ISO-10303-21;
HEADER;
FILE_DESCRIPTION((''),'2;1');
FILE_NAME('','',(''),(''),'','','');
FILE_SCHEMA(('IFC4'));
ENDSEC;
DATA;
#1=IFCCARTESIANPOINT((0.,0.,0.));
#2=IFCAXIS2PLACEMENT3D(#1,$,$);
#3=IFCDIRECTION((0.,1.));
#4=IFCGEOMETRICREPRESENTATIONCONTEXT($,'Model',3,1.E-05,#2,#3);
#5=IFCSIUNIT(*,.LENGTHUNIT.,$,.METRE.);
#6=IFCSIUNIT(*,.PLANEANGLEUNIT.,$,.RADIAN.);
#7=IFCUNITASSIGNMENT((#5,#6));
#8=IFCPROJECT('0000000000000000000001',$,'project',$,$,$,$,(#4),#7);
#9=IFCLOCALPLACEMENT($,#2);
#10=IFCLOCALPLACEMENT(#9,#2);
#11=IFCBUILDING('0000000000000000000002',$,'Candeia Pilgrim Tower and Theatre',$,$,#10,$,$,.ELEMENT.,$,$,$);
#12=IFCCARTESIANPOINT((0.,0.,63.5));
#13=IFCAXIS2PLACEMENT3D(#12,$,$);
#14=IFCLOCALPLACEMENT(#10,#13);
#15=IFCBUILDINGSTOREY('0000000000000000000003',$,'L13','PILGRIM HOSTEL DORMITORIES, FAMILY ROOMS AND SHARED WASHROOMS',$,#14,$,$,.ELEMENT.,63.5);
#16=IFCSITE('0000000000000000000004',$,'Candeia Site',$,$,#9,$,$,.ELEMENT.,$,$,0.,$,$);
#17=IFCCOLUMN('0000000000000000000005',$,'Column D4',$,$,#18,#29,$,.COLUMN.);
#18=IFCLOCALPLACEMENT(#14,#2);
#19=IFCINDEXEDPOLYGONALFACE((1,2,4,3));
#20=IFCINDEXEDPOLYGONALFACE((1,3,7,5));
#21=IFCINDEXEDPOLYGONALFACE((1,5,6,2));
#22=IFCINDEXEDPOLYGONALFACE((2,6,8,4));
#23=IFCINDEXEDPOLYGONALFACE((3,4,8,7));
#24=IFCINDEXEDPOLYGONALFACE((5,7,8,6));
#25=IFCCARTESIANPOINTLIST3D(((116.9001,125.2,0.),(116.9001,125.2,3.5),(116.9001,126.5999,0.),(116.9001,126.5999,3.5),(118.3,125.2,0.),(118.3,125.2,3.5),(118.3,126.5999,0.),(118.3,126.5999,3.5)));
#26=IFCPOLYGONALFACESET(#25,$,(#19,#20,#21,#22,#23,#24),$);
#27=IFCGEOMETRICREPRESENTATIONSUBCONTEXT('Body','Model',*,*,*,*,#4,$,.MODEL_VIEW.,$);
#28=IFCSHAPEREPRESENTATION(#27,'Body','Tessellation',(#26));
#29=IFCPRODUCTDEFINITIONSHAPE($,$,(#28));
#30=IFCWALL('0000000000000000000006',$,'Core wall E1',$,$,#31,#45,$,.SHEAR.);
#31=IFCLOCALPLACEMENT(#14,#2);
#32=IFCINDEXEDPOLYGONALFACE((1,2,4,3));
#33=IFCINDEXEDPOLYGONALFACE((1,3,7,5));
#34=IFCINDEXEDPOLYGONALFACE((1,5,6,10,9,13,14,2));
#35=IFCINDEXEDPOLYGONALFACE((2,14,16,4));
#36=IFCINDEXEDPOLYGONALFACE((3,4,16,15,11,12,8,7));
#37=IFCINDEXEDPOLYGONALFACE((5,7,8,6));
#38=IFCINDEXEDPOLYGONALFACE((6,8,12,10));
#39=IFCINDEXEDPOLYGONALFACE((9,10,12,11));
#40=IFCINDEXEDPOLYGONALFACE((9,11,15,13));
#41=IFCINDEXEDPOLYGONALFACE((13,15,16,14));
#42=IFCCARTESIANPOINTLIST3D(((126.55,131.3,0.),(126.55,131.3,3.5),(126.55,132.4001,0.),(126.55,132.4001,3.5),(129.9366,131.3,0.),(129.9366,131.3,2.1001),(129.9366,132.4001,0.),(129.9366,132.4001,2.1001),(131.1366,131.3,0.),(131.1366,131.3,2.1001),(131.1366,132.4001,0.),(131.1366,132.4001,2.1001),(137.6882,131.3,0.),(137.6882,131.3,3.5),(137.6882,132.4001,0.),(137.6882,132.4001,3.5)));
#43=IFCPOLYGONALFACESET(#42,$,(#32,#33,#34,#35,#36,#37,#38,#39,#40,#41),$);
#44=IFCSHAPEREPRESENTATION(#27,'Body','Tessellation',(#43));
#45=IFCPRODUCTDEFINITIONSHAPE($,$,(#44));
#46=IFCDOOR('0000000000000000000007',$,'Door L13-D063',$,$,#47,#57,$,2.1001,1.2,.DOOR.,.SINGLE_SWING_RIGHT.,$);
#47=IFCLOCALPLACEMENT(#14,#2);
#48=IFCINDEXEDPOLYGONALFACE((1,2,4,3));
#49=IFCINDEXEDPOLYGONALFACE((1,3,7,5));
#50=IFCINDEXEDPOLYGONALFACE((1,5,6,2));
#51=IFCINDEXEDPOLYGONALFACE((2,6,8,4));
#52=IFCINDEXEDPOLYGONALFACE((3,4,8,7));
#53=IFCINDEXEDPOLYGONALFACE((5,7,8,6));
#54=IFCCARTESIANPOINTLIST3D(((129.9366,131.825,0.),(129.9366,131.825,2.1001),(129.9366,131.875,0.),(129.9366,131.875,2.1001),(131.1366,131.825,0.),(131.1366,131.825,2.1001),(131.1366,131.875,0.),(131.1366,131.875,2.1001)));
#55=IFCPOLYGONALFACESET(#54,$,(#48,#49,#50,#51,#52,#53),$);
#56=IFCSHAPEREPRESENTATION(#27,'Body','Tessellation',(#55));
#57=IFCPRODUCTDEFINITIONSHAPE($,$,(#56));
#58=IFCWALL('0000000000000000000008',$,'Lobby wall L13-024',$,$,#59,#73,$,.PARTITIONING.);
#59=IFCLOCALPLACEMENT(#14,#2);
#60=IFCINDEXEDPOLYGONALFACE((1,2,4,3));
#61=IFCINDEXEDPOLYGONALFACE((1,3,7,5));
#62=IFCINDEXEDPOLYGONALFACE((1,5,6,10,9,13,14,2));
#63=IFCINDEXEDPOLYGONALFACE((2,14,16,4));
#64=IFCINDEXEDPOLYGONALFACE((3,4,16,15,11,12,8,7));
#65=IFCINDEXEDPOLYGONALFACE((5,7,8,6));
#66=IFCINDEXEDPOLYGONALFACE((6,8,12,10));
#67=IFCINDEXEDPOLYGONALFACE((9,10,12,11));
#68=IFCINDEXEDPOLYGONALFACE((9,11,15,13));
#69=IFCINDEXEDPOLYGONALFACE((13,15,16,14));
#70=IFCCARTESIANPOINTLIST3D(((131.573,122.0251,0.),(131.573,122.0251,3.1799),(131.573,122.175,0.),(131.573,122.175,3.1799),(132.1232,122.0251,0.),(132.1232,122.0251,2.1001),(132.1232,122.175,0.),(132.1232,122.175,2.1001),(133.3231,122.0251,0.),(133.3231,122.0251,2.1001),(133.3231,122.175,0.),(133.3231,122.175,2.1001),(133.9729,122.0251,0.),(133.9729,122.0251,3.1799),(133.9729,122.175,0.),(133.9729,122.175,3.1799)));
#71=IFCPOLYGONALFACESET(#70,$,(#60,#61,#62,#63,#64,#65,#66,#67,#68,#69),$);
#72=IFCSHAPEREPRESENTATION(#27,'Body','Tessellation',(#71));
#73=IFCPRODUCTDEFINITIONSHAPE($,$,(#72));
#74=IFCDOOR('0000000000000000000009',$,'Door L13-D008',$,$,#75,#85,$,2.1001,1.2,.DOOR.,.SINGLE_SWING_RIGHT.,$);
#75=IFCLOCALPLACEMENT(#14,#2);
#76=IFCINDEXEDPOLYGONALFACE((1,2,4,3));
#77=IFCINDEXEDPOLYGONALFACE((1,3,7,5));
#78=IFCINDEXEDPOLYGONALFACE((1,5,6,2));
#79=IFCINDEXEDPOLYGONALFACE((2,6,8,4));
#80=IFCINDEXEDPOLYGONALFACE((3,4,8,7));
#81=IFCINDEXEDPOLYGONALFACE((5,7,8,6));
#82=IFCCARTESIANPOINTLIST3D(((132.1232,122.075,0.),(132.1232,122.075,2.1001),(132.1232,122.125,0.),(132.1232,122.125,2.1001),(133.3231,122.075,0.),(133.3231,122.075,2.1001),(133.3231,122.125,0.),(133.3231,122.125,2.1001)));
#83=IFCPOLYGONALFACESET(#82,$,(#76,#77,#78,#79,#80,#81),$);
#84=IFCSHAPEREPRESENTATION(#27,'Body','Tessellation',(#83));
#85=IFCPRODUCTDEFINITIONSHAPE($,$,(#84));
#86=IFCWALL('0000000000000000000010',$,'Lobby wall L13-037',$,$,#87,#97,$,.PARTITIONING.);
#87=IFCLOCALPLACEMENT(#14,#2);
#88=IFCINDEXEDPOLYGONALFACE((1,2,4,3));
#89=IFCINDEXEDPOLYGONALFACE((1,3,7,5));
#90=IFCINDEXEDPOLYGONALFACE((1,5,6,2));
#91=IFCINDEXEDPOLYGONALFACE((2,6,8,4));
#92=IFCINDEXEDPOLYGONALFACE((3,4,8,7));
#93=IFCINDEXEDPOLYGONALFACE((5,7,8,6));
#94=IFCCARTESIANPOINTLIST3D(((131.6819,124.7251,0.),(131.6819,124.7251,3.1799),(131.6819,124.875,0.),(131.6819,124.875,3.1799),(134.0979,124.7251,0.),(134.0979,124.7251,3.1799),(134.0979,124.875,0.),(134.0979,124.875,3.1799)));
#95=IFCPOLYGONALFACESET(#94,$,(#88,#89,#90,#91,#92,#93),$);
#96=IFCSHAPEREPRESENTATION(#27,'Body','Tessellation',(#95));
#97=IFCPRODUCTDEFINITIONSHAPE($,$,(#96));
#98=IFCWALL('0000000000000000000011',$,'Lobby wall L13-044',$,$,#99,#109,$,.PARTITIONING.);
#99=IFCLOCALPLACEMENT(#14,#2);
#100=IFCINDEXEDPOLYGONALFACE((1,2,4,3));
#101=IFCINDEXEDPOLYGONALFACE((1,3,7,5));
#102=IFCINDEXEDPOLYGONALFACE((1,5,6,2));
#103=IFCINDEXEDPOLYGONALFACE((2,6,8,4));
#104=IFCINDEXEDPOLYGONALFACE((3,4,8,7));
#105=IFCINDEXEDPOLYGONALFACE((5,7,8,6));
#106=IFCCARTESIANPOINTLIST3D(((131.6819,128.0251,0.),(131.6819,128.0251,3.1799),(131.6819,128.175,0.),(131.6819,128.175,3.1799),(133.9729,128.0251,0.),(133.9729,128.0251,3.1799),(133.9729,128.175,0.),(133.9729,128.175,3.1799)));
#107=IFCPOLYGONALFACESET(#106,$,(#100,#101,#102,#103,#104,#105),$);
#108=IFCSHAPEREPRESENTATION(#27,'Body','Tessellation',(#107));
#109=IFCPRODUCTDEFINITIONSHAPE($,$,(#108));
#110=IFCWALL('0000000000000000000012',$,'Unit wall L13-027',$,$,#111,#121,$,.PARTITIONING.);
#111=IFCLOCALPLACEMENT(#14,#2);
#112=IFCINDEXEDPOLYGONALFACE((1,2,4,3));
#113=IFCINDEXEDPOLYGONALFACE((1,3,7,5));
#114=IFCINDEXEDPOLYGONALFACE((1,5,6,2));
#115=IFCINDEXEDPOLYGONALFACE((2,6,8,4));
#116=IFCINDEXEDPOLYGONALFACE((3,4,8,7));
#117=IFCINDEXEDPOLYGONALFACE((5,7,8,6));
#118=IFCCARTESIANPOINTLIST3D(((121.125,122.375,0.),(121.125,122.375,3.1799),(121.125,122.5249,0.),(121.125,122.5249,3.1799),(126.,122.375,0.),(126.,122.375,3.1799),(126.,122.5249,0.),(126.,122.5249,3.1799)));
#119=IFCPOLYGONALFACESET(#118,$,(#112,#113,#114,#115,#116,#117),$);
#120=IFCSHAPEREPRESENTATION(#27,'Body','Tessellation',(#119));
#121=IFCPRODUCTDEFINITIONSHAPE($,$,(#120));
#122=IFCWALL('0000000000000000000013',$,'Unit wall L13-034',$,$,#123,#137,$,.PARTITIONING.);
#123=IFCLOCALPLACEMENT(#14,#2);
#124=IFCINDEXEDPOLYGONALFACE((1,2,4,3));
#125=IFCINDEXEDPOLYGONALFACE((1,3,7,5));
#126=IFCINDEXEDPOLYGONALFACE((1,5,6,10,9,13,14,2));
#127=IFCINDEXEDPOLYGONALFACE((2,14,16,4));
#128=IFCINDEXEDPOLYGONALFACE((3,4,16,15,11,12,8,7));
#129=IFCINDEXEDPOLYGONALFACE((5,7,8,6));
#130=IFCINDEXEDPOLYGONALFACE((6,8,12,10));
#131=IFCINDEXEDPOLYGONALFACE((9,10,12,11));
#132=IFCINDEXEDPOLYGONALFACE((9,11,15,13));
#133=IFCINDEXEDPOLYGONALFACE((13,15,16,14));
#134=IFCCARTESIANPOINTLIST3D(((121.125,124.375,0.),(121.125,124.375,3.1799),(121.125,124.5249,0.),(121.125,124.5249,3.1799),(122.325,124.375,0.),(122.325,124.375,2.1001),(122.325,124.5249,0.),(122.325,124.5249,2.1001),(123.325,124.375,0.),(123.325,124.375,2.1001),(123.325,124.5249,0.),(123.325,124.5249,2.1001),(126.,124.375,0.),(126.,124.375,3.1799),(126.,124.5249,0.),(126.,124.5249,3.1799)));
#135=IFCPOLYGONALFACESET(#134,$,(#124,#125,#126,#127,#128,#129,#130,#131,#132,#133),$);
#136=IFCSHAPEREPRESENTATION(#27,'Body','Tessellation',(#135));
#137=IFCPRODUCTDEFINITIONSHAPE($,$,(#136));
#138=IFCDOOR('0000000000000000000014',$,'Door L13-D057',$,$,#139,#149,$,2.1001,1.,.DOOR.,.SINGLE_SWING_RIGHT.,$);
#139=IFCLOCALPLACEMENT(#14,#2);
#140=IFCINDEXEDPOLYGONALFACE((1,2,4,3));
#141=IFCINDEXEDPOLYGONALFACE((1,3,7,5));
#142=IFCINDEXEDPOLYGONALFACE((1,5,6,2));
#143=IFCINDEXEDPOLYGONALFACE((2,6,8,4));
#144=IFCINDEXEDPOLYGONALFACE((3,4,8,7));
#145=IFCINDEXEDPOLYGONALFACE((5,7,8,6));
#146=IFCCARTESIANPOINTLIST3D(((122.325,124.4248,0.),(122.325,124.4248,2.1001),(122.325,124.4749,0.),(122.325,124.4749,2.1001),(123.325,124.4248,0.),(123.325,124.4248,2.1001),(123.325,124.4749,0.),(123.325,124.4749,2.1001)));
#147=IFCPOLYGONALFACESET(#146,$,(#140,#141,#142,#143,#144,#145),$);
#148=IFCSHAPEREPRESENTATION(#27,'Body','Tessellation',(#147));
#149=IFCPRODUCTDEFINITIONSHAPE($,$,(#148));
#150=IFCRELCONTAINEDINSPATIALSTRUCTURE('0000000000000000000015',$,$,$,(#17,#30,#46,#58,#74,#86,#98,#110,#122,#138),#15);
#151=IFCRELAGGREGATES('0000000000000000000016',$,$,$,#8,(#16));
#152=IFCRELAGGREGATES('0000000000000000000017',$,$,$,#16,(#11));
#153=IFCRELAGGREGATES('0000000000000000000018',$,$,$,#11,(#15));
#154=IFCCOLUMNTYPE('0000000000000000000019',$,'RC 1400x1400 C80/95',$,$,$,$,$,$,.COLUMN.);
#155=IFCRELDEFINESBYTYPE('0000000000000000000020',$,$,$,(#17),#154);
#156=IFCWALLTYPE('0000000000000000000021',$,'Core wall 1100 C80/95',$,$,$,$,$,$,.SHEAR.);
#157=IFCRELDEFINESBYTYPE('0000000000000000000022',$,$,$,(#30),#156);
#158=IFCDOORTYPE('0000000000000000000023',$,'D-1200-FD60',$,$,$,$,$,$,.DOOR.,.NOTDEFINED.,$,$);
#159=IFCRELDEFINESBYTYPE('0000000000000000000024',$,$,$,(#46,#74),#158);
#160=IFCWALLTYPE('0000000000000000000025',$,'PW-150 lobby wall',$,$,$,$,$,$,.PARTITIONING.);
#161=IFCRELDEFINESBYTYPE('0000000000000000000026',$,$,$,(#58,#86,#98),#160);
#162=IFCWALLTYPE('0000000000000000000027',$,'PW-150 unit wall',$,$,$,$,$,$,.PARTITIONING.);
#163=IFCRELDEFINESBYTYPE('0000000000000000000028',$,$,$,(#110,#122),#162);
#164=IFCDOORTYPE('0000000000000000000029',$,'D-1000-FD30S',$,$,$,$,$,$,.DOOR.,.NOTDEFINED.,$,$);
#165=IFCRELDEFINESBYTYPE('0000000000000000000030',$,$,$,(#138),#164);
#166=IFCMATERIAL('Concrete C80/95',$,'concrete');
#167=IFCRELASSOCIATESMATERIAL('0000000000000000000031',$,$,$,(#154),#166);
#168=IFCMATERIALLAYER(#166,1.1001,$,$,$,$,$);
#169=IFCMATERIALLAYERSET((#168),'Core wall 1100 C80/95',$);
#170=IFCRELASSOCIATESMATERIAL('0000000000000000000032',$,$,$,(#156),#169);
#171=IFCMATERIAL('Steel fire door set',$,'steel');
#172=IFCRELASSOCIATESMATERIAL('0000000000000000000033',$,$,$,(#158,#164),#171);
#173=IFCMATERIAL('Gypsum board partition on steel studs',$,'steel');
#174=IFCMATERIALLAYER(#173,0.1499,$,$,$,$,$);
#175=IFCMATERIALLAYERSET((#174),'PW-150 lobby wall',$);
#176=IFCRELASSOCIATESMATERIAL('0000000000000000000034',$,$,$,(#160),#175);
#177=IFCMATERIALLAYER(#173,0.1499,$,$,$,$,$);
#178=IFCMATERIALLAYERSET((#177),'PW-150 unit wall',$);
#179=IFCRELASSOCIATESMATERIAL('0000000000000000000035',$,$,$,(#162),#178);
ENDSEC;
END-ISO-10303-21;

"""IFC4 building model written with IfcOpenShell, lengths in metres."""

from ifc_helpers import new_model, si_unit, direction, frame, frame_2d, origin, origin_2d, place, context, subcontext, project, spatial, rectangle, extrude, material, layer, layer_set, material_profile, profile_set, type_object, element, fill, save


model = new_model("IFC4")

# Units and contexts
model_context = context("Model", 3, precision=1e-05, world=origin(), true_north=direction((0.0, 1.0)))
body_context = subcontext(model_context, "Body", "Model", "MODEL_VIEW")
ifc_project = project(units=[si_unit("LENGTHUNIT", "METRE"), si_unit("PLANEANGLEUNIT", "RADIAN")], contexts=[model_context])

# Site, building, storey
site_placement = place(None, origin())
site = spatial("IfcSite", under=ifc_project, at=site_placement, Name="Candeia Site", CompositionType="ELEMENT", RefElevation=0.0)
building_placement = place(site_placement, origin())
building = spatial("IfcBuilding", under=site, at=building_placement, Name="Candeia Pilgrim Tower and Theatre", CompositionType="ELEMENT")
storey_placement = place(building_placement, frame((0.0, 0.0, 63.5)))
storey = spatial("IfcBuildingStorey", under=building, at=storey_placement, Name="L13", Description="PILGRIM HOSTEL DORMITORIES, FAMILY ROOMS AND SHARED WASHROOMS", CompositionType="ELEMENT", Elevation=63.5)

# Column
ifc_material_1 = material(Name="Concrete C80/95", Category="concrete")
ifc_material_profile = material_profile(ifc_material_1, rectangle(XDim=1.3999, YDim=1.3999, at=origin_2d()))
ifc_profile_set = profile_set([ifc_material_profile], Name="Concrete C80/95")
column_type = type_object("IfcColumnType", Name="RC 1400x1400 C80/95", PredefinedType="COLUMN", material=ifc_profile_set)
column_placement = place(storey_placement, frame((117.6001, 125.8999, 0.0), z_axis=(0.0, 0.0, 1.0), x_axis=(1.0, 0.0, 0.0)))
element("IfcColumn", 1, at=column_placement, inside=storey, type_object=column_type, Name="Column D4", PredefinedType="COLUMN", context=body_context, shape_type="SweptSolid", body=[
    extrude(rectangle(XDim=1.3999, YDim=1.3999, at=origin_2d()), origin(), (0.0, 0.0, 1.0), 3.5),
])

# Walls, openings, doors
ifc_layer_1 = layer(ifc_material_1, 1.1001)
ifc_layer_set_1 = layer_set([ifc_layer_1], Name="Core wall 1100 C80/95")
wall_type_1 = type_object("IfcWallType", Name="Core wall 1100 C80/95", PredefinedType="SHEAR", material=ifc_layer_set_1)
wall_1_placement = place(storey_placement, frame((126.55, 131.8501, 0.0), z_axis=(0.0, 0.0, 1.0), x_axis=(1.0, 0.0, 0.0)))
wall_1 = element("IfcWall", 2, at=wall_1_placement, inside=storey, type_object=wall_type_1, Name="Core wall E1", PredefinedType="SHEAR", context=body_context, shape_type="SweptSolid", body=[
    extrude(rectangle(XDim=11.1382, YDim=1.1001, at=frame_2d((5.5691, 0.0))), origin(), (0.0, 0.0, 1.0), 3.5),
])
opening_1_placement = place(wall_1_placement, frame((3.3865, 0.0, 0.0)))
opening_1 = element("IfcOpeningElement", 3, at=opening_1_placement, cuts=wall_1, PredefinedType="OPENING", context=body_context, shape_type="SweptSolid", body=[
    extrude(rectangle(XDim=1.2, YDim=2.1001, at=frame_2d((0.6001, 1.05))), frame((0.0, 0.5601, 0.0), z_axis=(0.0, -1.0, 0.0), x_axis=(1.0, 0.0, 0.0)), (0.0, 0.0, 1.0), 1.1201),
])
ifc_material_2 = material(Name="Steel fire door set", Category="steel")
door_type_1 = type_object("IfcDoorType", Name="D-1200-FD60", OperationType="NOTDEFINED", PredefinedType="DOOR", material=ifc_material_2)
door_1_placement = place(opening_1_placement, origin())
door_1 = element("IfcDoor", 4, at=door_1_placement, inside=storey, type_object=door_type_1, Name="Door L13-D063", OperationType="SINGLE_SWING_RIGHT", OverallHeight=2.1001, OverallWidth=1.2, PredefinedType="DOOR", context=body_context, shape_type="SweptSolid", body=[
    extrude(rectangle(XDim=1.2, YDim=2.1001, at=frame_2d((0.6001, 1.05))), frame((0.0, 0.0249, 0.0), z_axis=(0.0, -1.0, 0.0), x_axis=(1.0, 0.0, 0.0)), (0.0, 0.0, 1.0), 0.05),
])
fill(opening_1, door_1)
ifc_material_3 = material(Name="Gypsum board partition on steel studs", Category="steel")
ifc_layer_2 = layer(ifc_material_3, 0.1499)
ifc_layer_set_2 = layer_set([ifc_layer_2], Name="PW-150 lobby wall")
wall_type_2 = type_object("IfcWallType", Name="PW-150 lobby wall", PredefinedType="PARTITIONING", material=ifc_layer_set_2)
wall_2_placement = place(storey_placement, frame((131.573, 122.1001, 0.0), z_axis=(0.0, 0.0, 1.0), x_axis=(1.0, 0.0, 0.0)))
wall_2 = element("IfcWall", 5, at=wall_2_placement, inside=storey, type_object=wall_type_2, Name="Lobby wall L13-024", PredefinedType="PARTITIONING", context=body_context, shape_type="SweptSolid", body=[
    extrude(rectangle(XDim=2.3999, YDim=0.1499, at=frame_2d((1.2, 0.0))), origin(), (0.0, 0.0, 1.0), 3.1799),
])
opening_2_placement = place(wall_2_placement, frame((0.55, 0.0, 0.0)))
opening_2 = element("IfcOpeningElement", 6, at=opening_2_placement, cuts=wall_2, PredefinedType="OPENING", context=body_context, shape_type="SweptSolid", body=[
    extrude(rectangle(XDim=1.2, YDim=2.1001, at=frame_2d((0.6001, 1.05))), frame((0.0, 0.085, 0.0), z_axis=(0.0, -1.0, 0.0), x_axis=(1.0, 0.0, 0.0)), (0.0, 0.0, 1.0), 0.1699),
])
door_2_placement = place(opening_2_placement, origin())
door_2 = element("IfcDoor", 7, at=door_2_placement, inside=storey, type_object=door_type_1, Name="Door L13-D008", OperationType="SINGLE_SWING_RIGHT", OverallHeight=2.1001, OverallWidth=1.2, PredefinedType="DOOR", context=body_context, shape_type="SweptSolid", body=[
    extrude(rectangle(XDim=1.2, YDim=2.1001, at=frame_2d((0.6001, 1.05))), frame((0.0, 0.0249, 0.0), z_axis=(0.0, -1.0, 0.0), x_axis=(1.0, 0.0, 0.0)), (0.0, 0.0, 1.0), 0.05),
])
fill(opening_2, door_2)

# Walls
wall_3_placement = place(storey_placement, frame((131.6819, 124.8, 0.0), z_axis=(0.0, 0.0, 1.0), x_axis=(1.0, 0.0, 0.0)))
element("IfcWall", 8, at=wall_3_placement, inside=storey, type_object=wall_type_2, Name="Lobby wall L13-037", PredefinedType="PARTITIONING", context=body_context, shape_type="SweptSolid", body=[
    extrude(rectangle(XDim=2.416, YDim=0.1499, at=frame_2d((1.208, 0.0))), origin(), (0.0, 0.0, 1.0), 3.1799),
])
wall_4_placement = place(storey_placement, frame((131.6819, 128.1001, 0.0), z_axis=(0.0, 0.0, 1.0), x_axis=(1.0, 0.0, 0.0)))
element("IfcWall", 9, at=wall_4_placement, inside=storey, type_object=wall_type_2, Name="Lobby wall L13-044", PredefinedType="PARTITIONING", context=body_context, shape_type="SweptSolid", body=[
    extrude(rectangle(XDim=2.291, YDim=0.1499, at=frame_2d((1.1455, 0.0))), origin(), (0.0, 0.0, 1.0), 3.1799),
])
ifc_layer_3 = layer(ifc_material_3, 0.1499)
ifc_layer_set_3 = layer_set([ifc_layer_3], Name="PW-150 unit wall")
wall_type_3 = type_object("IfcWallType", Name="PW-150 unit wall", PredefinedType="PARTITIONING", material=ifc_layer_set_3)
wall_5_placement = place(storey_placement, frame((121.125, 122.45, 0.0), z_axis=(0.0, 0.0, 1.0), x_axis=(1.0, 0.0, 0.0)))
element("IfcWall", 10, at=wall_5_placement, inside=storey, type_object=wall_type_3, Name="Unit wall L13-027", PredefinedType="PARTITIONING", context=body_context, shape_type="SweptSolid", body=[
    extrude(rectangle(XDim=4.875, YDim=0.1499, at=frame_2d((2.4375, 0.0))), origin(), (0.0, 0.0, 1.0), 3.1799),
])

# Wall, opening, door
wall_6_placement = place(storey_placement, frame((121.125, 124.45, 0.0), z_axis=(0.0, 0.0, 1.0), x_axis=(1.0, 0.0, 0.0)))
wall_6 = element("IfcWall", 11, at=wall_6_placement, inside=storey, type_object=wall_type_3, Name="Unit wall L13-034", PredefinedType="PARTITIONING", context=body_context, shape_type="SweptSolid", body=[
    extrude(rectangle(XDim=4.875, YDim=0.1499, at=frame_2d((2.4375, 0.0))), origin(), (0.0, 0.0, 1.0), 3.1799),
])
opening_3_placement = place(wall_6_placement, frame((1.2, 0.0, 0.0)))
opening_3 = element("IfcOpeningElement", 12, at=opening_3_placement, cuts=wall_6, PredefinedType="OPENING", context=body_context, shape_type="SweptSolid", body=[
    extrude(rectangle(XDim=1.0, YDim=2.1001, at=frame_2d((0.5, 1.05))), frame((0.0, 0.085, 0.0), z_axis=(0.0, -1.0, 0.0), x_axis=(1.0, 0.0, 0.0)), (0.0, 0.0, 1.0), 0.1699),
])
door_type_2 = type_object("IfcDoorType", Name="D-1000-FD30S", OperationType="NOTDEFINED", PredefinedType="DOOR", material=ifc_material_2)
door_3_placement = place(opening_3_placement, origin())
door_3 = element("IfcDoor", 13, at=door_3_placement, inside=storey, type_object=door_type_2, Name="Door L13-D057", OperationType="SINGLE_SWING_RIGHT", OverallHeight=2.1001, OverallWidth=1.0, PredefinedType="DOOR", context=body_context, shape_type="SweptSolid", body=[
    extrude(rectangle(XDim=1.0, YDim=2.1001, at=frame_2d((0.5, 1.05))), frame((0.0, 0.0249, 0.0), z_axis=(0.0, -1.0, 0.0), x_axis=(1.0, 0.0, 0.0)), (0.0, 0.0, 1.0), 0.05),
])
fill(opening_3, door_3)

save(model, "model.ifc")
